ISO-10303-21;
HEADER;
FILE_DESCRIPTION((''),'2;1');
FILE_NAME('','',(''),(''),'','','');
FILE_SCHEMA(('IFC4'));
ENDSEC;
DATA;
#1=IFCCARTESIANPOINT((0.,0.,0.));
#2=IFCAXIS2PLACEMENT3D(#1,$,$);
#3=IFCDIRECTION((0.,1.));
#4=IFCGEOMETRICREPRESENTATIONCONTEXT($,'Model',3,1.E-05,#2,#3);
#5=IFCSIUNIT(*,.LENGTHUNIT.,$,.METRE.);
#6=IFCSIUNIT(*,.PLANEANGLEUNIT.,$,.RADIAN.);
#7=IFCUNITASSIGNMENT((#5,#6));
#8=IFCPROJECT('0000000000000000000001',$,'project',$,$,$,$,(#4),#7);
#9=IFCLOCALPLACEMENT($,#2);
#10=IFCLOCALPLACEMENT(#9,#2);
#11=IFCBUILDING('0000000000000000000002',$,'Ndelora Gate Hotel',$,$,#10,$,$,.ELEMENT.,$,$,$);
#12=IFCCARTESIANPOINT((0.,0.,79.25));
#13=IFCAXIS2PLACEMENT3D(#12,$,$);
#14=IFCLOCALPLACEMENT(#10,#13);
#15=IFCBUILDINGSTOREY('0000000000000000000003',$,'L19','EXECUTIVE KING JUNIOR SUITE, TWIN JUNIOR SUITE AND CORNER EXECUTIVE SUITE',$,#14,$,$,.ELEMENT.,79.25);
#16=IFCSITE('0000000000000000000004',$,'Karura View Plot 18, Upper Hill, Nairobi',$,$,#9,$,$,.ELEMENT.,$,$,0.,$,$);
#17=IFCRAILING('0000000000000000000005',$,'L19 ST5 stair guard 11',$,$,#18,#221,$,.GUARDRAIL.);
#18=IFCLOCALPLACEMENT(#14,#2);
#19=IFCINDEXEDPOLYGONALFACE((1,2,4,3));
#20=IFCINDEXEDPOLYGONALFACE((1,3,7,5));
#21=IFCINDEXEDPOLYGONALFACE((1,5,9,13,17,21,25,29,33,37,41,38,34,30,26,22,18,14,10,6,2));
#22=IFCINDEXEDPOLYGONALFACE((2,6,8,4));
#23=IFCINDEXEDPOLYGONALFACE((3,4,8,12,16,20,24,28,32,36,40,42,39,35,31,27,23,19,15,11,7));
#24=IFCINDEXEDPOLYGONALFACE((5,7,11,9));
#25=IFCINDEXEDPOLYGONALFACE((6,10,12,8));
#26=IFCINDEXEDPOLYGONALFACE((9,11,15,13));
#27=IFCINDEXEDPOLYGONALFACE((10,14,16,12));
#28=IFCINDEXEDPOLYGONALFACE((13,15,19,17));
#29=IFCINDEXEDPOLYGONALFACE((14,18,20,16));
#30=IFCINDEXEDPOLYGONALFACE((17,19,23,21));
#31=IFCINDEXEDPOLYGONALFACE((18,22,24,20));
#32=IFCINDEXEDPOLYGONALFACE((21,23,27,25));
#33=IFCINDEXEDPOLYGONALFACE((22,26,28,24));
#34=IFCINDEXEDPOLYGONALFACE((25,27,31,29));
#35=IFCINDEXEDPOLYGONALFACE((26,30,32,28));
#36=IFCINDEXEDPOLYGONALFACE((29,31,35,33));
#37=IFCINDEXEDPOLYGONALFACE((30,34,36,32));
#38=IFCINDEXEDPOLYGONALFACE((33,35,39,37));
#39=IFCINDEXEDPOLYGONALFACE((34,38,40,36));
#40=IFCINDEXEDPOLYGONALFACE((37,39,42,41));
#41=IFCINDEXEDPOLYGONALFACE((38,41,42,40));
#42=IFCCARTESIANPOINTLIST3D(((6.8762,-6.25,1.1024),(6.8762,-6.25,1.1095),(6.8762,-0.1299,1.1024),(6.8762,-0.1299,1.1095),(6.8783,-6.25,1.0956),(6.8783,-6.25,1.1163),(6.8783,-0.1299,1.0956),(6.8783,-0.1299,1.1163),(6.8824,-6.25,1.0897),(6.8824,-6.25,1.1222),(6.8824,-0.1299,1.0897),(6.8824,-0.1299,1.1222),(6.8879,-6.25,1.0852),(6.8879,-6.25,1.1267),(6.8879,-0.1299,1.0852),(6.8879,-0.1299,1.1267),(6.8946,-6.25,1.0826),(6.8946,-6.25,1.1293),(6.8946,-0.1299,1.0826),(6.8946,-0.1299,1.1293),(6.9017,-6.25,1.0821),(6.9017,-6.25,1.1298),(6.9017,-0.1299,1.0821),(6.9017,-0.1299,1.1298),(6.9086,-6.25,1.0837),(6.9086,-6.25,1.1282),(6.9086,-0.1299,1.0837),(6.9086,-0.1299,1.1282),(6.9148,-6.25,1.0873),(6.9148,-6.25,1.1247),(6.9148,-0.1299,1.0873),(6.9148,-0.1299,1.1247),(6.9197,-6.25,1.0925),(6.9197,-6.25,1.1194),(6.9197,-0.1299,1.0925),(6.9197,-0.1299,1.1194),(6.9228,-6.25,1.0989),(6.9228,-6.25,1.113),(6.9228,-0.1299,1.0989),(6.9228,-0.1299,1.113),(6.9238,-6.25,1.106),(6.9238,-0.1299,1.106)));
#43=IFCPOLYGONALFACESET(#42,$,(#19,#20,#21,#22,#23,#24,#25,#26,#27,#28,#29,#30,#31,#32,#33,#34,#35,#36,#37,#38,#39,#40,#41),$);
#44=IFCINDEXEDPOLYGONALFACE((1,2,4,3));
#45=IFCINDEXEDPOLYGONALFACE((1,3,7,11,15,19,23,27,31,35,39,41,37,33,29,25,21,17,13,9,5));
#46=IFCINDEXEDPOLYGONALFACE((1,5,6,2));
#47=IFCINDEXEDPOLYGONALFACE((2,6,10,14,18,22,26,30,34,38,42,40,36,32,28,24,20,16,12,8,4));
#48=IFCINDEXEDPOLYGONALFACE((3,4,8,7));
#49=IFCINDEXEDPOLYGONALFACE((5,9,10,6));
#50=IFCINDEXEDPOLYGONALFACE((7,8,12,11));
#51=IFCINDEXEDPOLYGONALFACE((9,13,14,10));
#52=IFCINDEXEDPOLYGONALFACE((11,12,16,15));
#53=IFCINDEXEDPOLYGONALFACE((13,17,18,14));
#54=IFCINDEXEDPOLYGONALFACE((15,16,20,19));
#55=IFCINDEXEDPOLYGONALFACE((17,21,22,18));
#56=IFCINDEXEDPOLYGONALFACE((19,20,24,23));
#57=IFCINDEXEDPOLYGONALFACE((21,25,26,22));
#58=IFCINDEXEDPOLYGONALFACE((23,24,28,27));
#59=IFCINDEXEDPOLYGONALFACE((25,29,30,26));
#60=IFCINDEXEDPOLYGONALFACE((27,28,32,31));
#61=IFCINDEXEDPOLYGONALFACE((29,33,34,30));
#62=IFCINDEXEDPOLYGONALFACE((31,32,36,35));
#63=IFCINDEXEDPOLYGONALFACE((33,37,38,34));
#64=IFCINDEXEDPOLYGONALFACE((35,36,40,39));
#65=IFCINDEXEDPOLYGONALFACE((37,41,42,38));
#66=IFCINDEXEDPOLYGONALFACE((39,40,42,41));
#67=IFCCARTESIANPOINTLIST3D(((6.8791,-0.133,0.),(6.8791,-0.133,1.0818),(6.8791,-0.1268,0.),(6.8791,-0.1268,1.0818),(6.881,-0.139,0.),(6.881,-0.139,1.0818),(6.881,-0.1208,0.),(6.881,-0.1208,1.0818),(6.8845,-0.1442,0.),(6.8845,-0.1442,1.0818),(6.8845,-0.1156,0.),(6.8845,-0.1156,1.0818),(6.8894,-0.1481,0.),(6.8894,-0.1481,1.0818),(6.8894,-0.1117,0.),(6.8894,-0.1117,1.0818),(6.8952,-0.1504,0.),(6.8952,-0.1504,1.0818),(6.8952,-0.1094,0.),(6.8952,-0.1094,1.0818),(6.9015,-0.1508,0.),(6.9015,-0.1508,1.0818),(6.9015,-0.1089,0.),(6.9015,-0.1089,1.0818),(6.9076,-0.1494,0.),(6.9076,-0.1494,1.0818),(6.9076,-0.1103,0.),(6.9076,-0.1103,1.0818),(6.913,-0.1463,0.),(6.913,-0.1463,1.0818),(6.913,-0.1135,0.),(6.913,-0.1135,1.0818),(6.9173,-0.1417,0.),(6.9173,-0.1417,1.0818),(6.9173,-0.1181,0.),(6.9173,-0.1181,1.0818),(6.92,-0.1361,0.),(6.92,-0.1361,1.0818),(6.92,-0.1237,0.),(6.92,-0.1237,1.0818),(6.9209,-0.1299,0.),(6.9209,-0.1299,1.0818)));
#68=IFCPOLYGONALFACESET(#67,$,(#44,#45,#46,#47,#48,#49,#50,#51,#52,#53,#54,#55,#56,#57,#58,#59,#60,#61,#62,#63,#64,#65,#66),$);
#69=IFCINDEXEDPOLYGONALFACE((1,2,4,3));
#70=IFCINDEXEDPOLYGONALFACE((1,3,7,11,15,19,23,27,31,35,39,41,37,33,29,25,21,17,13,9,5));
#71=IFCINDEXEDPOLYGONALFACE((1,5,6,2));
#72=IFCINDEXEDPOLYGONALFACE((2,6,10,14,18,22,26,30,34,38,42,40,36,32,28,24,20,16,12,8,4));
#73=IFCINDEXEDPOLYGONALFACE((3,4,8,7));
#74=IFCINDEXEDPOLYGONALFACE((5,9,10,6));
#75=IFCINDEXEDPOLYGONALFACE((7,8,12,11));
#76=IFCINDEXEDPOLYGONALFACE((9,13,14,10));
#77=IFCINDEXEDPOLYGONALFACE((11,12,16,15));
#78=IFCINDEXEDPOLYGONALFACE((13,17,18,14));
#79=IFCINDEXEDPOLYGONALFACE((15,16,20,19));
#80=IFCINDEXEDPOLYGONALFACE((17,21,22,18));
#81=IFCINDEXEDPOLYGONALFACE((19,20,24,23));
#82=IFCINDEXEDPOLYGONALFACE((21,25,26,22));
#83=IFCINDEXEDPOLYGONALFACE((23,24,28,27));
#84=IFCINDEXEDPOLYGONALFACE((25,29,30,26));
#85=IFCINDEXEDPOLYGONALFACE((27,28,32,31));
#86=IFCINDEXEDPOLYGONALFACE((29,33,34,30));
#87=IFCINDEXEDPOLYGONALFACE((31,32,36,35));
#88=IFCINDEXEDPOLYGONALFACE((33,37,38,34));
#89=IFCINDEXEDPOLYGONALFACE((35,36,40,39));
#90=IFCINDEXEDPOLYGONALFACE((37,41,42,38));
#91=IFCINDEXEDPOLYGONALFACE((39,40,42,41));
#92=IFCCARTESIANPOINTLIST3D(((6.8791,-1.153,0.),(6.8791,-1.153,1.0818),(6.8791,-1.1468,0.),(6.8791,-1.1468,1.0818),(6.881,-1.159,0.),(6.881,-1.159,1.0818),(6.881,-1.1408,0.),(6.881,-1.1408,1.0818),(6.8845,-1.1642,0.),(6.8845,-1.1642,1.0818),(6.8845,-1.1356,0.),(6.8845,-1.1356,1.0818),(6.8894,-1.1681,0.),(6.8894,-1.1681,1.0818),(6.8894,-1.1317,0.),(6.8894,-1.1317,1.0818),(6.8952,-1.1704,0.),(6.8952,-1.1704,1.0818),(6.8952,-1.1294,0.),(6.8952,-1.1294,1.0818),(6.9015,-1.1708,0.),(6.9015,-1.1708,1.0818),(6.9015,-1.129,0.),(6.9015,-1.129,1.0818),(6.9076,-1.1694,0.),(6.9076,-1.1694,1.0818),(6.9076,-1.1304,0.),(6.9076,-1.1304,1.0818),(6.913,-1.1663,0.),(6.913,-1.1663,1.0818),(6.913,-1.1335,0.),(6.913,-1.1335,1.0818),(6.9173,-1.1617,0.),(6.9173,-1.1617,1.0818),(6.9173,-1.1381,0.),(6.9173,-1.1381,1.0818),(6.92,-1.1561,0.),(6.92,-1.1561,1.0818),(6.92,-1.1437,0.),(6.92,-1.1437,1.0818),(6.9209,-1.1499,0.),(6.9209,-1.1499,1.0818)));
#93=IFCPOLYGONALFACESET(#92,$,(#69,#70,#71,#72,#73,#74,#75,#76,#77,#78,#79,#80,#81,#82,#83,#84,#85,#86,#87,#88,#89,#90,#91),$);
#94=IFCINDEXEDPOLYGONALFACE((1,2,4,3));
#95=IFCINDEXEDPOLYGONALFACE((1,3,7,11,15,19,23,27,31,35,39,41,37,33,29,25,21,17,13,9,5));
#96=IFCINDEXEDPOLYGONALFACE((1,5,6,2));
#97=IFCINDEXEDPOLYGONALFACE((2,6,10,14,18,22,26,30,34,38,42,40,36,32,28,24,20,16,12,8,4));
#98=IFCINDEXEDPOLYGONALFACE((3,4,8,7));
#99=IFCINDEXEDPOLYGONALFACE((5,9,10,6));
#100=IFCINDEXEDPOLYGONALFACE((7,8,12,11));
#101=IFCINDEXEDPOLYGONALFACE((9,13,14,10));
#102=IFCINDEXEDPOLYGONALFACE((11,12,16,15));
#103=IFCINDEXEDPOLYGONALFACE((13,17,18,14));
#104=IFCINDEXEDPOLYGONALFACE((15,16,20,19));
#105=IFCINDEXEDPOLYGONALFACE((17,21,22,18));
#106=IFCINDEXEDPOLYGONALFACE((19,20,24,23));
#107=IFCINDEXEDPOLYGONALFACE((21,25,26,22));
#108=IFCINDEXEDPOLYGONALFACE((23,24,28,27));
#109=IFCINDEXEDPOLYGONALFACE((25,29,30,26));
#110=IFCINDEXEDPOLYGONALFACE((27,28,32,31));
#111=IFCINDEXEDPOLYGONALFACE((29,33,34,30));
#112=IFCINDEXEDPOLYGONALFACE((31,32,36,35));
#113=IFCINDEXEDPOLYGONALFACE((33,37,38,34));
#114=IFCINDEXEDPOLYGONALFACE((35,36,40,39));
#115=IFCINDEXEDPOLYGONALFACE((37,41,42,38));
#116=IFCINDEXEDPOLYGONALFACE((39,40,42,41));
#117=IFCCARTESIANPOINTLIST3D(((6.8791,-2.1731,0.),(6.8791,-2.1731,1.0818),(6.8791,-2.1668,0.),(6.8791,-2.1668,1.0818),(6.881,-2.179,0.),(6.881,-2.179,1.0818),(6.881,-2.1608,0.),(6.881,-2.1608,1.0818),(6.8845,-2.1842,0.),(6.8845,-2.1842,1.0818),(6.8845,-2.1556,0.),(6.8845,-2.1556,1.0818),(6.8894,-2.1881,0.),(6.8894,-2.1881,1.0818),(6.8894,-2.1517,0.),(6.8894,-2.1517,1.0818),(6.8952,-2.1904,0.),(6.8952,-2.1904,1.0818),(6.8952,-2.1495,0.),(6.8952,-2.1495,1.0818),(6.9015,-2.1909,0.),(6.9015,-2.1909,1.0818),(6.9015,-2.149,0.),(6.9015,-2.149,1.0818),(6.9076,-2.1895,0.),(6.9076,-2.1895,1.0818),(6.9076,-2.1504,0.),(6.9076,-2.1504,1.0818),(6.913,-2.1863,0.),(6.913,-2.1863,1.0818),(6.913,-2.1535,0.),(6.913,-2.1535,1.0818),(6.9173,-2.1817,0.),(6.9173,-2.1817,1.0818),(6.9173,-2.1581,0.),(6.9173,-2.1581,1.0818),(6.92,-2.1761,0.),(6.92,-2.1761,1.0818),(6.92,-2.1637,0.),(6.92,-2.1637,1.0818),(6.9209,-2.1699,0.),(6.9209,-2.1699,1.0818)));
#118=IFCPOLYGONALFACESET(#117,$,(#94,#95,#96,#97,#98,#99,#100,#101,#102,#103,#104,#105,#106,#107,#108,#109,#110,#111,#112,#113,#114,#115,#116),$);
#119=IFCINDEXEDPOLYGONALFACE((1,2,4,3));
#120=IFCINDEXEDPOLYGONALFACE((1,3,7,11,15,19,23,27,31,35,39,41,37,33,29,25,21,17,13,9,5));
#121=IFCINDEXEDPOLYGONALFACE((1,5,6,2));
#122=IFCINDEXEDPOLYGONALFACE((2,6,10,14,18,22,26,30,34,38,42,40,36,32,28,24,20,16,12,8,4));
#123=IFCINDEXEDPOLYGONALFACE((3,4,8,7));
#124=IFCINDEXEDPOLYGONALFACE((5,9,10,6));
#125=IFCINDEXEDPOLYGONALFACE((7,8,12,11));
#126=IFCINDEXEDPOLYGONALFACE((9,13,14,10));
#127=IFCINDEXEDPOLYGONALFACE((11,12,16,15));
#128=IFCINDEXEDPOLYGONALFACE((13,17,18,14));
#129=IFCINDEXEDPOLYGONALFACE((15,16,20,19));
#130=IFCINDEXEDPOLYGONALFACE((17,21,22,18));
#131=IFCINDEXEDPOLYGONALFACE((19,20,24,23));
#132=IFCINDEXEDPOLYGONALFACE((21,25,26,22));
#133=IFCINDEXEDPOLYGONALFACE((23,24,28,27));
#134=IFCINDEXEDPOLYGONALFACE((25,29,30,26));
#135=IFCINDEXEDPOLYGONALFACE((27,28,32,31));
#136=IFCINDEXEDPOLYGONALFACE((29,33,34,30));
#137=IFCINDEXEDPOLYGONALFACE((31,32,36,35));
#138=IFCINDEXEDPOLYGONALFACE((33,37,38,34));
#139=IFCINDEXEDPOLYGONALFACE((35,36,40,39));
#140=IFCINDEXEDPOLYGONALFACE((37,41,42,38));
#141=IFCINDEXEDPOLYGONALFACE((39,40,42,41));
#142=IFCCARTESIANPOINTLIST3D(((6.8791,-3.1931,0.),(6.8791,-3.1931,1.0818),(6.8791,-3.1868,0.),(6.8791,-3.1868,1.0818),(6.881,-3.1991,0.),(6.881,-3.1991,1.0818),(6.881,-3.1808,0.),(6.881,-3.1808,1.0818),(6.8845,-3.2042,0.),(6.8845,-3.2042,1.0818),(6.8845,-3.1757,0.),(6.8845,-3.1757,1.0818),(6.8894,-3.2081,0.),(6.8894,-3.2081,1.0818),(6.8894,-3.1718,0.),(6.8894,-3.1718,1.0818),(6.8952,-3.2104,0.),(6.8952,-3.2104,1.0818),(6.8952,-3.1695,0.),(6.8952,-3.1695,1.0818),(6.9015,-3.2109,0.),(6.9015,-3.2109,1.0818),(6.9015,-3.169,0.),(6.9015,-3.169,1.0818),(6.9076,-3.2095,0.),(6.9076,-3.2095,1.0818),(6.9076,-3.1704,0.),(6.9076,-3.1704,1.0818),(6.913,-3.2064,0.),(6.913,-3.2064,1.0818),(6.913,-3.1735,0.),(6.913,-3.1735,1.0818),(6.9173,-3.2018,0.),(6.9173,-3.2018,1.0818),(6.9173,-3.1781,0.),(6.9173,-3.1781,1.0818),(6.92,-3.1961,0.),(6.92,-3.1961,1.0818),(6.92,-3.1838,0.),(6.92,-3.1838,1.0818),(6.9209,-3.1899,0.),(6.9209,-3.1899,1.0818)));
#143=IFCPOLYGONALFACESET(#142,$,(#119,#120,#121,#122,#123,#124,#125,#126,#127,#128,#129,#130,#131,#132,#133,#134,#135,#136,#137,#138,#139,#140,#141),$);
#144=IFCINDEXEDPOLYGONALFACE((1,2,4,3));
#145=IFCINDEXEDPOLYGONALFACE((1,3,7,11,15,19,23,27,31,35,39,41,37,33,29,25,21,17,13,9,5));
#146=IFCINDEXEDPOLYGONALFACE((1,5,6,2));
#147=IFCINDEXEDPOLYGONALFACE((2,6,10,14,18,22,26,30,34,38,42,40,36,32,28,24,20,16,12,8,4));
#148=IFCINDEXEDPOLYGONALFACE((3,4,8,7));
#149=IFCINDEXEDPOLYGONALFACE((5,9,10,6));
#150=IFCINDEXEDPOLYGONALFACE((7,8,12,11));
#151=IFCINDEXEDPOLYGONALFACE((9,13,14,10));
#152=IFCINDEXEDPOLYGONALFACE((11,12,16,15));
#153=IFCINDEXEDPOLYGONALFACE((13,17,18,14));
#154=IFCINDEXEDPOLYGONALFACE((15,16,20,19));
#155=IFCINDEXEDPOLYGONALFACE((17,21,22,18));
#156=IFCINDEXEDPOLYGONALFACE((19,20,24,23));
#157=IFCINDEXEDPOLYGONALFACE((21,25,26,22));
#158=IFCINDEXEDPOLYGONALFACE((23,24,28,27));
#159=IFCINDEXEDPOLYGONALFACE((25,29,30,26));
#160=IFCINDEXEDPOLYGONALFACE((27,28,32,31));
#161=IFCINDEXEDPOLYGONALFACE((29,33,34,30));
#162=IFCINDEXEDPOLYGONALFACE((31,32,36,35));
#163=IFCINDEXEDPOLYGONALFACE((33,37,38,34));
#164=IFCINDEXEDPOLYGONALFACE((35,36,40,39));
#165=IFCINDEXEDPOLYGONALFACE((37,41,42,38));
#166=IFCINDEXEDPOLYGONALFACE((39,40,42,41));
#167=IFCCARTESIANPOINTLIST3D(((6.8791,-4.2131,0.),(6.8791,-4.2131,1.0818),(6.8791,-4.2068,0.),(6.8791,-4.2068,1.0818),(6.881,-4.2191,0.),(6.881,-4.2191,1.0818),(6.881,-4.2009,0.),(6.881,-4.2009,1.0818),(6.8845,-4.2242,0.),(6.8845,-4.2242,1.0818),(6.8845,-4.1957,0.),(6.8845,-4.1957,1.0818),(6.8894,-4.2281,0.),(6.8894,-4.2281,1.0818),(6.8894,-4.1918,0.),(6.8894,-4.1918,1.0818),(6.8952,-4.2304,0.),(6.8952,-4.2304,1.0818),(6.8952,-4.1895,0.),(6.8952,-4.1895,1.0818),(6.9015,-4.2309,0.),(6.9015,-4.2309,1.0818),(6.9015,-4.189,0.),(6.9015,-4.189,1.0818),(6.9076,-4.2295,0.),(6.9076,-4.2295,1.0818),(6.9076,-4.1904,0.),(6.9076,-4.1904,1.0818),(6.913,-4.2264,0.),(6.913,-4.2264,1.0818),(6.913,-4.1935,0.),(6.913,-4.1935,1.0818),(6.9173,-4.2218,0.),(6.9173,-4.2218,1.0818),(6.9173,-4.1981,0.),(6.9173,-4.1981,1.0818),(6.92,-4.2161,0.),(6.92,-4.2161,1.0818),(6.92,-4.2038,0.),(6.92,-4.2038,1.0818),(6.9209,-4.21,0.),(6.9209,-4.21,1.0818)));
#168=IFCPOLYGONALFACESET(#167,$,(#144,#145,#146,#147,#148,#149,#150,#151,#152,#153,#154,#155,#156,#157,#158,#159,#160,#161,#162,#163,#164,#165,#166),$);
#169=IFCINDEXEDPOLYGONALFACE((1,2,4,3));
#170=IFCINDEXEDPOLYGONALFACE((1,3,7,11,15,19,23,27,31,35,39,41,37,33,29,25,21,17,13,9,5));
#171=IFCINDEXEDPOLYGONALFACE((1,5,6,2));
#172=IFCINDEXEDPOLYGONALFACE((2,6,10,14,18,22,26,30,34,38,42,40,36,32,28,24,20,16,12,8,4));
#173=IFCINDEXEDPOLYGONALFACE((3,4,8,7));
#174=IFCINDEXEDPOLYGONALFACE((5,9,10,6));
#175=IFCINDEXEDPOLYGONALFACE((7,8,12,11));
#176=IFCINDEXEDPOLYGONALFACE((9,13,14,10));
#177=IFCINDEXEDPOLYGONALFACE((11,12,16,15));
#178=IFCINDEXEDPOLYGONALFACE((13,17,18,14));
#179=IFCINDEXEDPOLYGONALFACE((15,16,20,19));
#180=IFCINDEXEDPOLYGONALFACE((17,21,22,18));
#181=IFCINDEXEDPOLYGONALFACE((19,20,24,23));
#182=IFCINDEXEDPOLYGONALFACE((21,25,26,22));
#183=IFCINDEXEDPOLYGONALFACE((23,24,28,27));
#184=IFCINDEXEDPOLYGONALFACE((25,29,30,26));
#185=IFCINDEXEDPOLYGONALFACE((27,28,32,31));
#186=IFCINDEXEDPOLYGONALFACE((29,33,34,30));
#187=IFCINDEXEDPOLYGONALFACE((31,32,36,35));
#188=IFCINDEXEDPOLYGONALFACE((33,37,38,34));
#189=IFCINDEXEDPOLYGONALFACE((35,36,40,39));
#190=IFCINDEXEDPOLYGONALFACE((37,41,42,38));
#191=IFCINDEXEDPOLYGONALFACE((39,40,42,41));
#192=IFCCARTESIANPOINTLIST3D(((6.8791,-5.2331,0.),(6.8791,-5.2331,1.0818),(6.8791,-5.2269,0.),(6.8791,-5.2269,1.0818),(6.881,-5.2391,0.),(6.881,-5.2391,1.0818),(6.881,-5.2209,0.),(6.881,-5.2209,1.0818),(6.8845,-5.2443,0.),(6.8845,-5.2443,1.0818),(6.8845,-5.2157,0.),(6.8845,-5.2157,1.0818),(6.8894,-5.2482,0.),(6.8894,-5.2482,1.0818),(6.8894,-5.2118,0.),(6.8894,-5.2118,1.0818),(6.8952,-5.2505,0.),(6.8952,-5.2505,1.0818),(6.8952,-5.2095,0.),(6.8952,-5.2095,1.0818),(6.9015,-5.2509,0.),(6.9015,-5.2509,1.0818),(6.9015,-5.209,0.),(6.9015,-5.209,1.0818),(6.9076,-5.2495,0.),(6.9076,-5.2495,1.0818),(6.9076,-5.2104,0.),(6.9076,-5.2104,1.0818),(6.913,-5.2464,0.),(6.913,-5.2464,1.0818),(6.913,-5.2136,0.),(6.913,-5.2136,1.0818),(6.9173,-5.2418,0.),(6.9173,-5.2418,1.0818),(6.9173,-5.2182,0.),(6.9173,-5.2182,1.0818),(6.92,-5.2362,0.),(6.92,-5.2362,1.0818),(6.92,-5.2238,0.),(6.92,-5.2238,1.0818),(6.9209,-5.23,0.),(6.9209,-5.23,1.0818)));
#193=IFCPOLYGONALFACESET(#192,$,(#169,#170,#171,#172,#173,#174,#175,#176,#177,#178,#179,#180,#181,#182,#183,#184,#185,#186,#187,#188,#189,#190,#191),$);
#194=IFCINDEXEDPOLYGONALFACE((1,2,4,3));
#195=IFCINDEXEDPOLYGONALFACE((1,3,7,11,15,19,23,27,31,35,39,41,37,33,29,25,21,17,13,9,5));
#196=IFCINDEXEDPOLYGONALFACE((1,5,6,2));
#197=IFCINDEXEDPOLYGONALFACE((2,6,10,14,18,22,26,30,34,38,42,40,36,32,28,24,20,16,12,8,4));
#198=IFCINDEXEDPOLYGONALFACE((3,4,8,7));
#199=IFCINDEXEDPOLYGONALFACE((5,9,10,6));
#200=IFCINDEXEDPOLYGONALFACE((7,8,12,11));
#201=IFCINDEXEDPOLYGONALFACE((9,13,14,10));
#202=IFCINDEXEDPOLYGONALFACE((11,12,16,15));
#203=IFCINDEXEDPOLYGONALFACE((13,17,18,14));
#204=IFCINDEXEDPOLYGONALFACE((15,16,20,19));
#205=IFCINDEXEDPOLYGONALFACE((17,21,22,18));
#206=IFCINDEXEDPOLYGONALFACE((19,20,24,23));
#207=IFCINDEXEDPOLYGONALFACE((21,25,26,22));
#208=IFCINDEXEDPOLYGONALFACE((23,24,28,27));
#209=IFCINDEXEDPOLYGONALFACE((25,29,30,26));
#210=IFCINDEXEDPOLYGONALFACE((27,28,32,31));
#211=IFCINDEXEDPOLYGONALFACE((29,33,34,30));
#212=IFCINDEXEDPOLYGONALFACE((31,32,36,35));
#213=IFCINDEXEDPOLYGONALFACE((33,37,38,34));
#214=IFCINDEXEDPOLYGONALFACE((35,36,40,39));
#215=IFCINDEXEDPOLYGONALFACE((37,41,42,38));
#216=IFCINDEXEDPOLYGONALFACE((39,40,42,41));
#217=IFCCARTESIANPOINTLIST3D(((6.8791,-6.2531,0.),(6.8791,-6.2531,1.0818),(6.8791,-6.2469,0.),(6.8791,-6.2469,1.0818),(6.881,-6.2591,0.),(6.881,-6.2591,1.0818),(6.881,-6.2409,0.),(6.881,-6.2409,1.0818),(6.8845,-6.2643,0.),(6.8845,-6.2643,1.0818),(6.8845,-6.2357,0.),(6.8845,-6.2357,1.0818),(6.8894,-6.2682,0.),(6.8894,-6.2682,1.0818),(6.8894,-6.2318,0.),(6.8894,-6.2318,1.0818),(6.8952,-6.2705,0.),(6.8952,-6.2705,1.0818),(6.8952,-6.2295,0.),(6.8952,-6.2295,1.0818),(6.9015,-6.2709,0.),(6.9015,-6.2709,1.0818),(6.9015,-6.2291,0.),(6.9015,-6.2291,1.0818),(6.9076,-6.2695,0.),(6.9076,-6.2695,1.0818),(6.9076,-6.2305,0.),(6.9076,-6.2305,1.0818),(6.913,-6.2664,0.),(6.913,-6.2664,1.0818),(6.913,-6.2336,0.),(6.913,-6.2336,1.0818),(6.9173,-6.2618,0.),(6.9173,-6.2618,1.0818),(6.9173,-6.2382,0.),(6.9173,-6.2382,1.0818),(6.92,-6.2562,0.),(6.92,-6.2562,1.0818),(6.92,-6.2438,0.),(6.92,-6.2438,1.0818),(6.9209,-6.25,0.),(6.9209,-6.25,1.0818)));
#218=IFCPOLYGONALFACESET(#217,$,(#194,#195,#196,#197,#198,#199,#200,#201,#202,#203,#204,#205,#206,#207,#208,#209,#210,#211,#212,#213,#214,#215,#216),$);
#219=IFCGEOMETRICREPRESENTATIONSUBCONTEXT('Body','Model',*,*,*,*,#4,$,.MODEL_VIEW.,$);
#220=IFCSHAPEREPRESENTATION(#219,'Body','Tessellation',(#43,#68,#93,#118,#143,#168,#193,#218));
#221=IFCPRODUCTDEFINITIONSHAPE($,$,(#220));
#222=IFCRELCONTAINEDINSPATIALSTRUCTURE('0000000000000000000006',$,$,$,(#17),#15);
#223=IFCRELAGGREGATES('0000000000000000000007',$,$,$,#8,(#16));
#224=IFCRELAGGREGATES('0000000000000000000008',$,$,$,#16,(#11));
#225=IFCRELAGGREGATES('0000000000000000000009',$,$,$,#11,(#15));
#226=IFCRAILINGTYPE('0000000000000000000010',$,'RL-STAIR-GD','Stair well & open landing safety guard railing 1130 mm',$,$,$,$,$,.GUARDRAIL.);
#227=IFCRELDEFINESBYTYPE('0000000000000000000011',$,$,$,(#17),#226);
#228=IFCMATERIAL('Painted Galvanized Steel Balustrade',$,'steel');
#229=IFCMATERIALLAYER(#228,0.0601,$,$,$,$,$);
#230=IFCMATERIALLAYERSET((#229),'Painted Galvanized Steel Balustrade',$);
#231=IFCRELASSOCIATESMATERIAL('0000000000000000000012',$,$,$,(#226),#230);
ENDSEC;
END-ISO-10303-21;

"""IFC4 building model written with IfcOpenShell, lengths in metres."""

from ifc_helpers import new_model, si_unit, direction, frame, origin, origin_2d, place, context, subcontext, project, spatial, circle, extrude, material, layer, layer_set, type_object, element, save


model = new_model("IFC4")

# Units and contexts
model_context = context("Model", 3, precision=1e-05, world=origin(), true_north=direction((0.0, 1.0)))
body_context = subcontext(model_context, "Body", "Model", "MODEL_VIEW")
ifc_project = project(units=[si_unit("LENGTHUNIT", "METRE"), si_unit("PLANEANGLEUNIT", "RADIAN")], contexts=[model_context])

# Site, building, storey
site_placement = place(None, origin())
site = spatial("IfcSite", under=ifc_project, at=site_placement, Name="Karura View Plot 18, Upper Hill, Nairobi", CompositionType="ELEMENT", RefElevation=0.0)
building_placement = place(site_placement, origin())
building = spatial("IfcBuilding", under=site, at=building_placement, Name="Ndelora Gate Hotel", CompositionType="ELEMENT")
storey_placement = place(building_placement, frame((0.0, 0.0, 79.25)))
storey = spatial("IfcBuildingStorey", under=building, at=storey_placement, Name="L19", Description="EXECUTIVE KING JUNIOR SUITE, TWIN JUNIOR SUITE AND CORNER EXECUTIVE SUITE", CompositionType="ELEMENT", Elevation=79.25)

# Railing
ifc_material_1 = material(Name="Painted Galvanized Steel Balustrade", Category="steel")
ifc_layer_1 = layer(ifc_material_1, 0.0601)
ifc_layer_set_1 = layer_set([ifc_layer_1], Name="Painted Galvanized Steel Balustrade")
railing_type_1 = type_object("IfcRailingType", Name="RL-STAIR-GD", Description="Stair well & open landing safety guard railing 1130 mm", PredefinedType="GUARDRAIL", material=ifc_layer_set_1)
railing_1_placement = place(storey_placement, frame((6.8999, -0.1299, 0.0)))
element("IfcRailing", 1, at=railing_1_placement, inside=storey, type_object=railing_type_1, Name="L19 ST5 stair guard 11", PredefinedType="GUARDRAIL", context=body_context, shape_type="SweptSolid", body=[
    extrude(circle(Radius=0.0239, at=origin_2d()), frame((0.0, 0.0, 1.106), z_axis=(0.0, -1.0, 0.0), x_axis=(1.0, 0.0, 0.0)), (0.0, 0.0, 1.0), 6.1201),
    extrude(circle(Radius=0.021, at=origin_2d()), origin(), (0.0, 0.0, 1.0), 1.0818),
    extrude(circle(Radius=0.021, at=origin_2d()), frame((0.0, -1.02, 0.0)), (0.0, 0.0, 1.0), 1.0818),
    extrude(circle(Radius=0.021, at=origin_2d()), frame((0.0, -2.04, 0.0)), (0.0, 0.0, 1.0), 1.0818),
    extrude(circle(Radius=0.021, at=origin_2d()), frame((0.0, -3.0601, 0.0)), (0.0, 0.0, 1.0), 1.0818),
    extrude(circle(Radius=0.021, at=origin_2d()), frame((0.0, -4.0801, 0.0)), (0.0, 0.0, 1.0), 1.0818),
    extrude(circle(Radius=0.021, at=origin_2d()), frame((0.0, -5.1001, 0.0)), (0.0, 0.0, 1.0), 1.0818),
    extrude(circle(Radius=0.021, at=origin_2d()), frame((0.0, -6.1201, 0.0)), (0.0, 0.0, 1.0), 1.0818),
])

save(model, "model.ifc")
